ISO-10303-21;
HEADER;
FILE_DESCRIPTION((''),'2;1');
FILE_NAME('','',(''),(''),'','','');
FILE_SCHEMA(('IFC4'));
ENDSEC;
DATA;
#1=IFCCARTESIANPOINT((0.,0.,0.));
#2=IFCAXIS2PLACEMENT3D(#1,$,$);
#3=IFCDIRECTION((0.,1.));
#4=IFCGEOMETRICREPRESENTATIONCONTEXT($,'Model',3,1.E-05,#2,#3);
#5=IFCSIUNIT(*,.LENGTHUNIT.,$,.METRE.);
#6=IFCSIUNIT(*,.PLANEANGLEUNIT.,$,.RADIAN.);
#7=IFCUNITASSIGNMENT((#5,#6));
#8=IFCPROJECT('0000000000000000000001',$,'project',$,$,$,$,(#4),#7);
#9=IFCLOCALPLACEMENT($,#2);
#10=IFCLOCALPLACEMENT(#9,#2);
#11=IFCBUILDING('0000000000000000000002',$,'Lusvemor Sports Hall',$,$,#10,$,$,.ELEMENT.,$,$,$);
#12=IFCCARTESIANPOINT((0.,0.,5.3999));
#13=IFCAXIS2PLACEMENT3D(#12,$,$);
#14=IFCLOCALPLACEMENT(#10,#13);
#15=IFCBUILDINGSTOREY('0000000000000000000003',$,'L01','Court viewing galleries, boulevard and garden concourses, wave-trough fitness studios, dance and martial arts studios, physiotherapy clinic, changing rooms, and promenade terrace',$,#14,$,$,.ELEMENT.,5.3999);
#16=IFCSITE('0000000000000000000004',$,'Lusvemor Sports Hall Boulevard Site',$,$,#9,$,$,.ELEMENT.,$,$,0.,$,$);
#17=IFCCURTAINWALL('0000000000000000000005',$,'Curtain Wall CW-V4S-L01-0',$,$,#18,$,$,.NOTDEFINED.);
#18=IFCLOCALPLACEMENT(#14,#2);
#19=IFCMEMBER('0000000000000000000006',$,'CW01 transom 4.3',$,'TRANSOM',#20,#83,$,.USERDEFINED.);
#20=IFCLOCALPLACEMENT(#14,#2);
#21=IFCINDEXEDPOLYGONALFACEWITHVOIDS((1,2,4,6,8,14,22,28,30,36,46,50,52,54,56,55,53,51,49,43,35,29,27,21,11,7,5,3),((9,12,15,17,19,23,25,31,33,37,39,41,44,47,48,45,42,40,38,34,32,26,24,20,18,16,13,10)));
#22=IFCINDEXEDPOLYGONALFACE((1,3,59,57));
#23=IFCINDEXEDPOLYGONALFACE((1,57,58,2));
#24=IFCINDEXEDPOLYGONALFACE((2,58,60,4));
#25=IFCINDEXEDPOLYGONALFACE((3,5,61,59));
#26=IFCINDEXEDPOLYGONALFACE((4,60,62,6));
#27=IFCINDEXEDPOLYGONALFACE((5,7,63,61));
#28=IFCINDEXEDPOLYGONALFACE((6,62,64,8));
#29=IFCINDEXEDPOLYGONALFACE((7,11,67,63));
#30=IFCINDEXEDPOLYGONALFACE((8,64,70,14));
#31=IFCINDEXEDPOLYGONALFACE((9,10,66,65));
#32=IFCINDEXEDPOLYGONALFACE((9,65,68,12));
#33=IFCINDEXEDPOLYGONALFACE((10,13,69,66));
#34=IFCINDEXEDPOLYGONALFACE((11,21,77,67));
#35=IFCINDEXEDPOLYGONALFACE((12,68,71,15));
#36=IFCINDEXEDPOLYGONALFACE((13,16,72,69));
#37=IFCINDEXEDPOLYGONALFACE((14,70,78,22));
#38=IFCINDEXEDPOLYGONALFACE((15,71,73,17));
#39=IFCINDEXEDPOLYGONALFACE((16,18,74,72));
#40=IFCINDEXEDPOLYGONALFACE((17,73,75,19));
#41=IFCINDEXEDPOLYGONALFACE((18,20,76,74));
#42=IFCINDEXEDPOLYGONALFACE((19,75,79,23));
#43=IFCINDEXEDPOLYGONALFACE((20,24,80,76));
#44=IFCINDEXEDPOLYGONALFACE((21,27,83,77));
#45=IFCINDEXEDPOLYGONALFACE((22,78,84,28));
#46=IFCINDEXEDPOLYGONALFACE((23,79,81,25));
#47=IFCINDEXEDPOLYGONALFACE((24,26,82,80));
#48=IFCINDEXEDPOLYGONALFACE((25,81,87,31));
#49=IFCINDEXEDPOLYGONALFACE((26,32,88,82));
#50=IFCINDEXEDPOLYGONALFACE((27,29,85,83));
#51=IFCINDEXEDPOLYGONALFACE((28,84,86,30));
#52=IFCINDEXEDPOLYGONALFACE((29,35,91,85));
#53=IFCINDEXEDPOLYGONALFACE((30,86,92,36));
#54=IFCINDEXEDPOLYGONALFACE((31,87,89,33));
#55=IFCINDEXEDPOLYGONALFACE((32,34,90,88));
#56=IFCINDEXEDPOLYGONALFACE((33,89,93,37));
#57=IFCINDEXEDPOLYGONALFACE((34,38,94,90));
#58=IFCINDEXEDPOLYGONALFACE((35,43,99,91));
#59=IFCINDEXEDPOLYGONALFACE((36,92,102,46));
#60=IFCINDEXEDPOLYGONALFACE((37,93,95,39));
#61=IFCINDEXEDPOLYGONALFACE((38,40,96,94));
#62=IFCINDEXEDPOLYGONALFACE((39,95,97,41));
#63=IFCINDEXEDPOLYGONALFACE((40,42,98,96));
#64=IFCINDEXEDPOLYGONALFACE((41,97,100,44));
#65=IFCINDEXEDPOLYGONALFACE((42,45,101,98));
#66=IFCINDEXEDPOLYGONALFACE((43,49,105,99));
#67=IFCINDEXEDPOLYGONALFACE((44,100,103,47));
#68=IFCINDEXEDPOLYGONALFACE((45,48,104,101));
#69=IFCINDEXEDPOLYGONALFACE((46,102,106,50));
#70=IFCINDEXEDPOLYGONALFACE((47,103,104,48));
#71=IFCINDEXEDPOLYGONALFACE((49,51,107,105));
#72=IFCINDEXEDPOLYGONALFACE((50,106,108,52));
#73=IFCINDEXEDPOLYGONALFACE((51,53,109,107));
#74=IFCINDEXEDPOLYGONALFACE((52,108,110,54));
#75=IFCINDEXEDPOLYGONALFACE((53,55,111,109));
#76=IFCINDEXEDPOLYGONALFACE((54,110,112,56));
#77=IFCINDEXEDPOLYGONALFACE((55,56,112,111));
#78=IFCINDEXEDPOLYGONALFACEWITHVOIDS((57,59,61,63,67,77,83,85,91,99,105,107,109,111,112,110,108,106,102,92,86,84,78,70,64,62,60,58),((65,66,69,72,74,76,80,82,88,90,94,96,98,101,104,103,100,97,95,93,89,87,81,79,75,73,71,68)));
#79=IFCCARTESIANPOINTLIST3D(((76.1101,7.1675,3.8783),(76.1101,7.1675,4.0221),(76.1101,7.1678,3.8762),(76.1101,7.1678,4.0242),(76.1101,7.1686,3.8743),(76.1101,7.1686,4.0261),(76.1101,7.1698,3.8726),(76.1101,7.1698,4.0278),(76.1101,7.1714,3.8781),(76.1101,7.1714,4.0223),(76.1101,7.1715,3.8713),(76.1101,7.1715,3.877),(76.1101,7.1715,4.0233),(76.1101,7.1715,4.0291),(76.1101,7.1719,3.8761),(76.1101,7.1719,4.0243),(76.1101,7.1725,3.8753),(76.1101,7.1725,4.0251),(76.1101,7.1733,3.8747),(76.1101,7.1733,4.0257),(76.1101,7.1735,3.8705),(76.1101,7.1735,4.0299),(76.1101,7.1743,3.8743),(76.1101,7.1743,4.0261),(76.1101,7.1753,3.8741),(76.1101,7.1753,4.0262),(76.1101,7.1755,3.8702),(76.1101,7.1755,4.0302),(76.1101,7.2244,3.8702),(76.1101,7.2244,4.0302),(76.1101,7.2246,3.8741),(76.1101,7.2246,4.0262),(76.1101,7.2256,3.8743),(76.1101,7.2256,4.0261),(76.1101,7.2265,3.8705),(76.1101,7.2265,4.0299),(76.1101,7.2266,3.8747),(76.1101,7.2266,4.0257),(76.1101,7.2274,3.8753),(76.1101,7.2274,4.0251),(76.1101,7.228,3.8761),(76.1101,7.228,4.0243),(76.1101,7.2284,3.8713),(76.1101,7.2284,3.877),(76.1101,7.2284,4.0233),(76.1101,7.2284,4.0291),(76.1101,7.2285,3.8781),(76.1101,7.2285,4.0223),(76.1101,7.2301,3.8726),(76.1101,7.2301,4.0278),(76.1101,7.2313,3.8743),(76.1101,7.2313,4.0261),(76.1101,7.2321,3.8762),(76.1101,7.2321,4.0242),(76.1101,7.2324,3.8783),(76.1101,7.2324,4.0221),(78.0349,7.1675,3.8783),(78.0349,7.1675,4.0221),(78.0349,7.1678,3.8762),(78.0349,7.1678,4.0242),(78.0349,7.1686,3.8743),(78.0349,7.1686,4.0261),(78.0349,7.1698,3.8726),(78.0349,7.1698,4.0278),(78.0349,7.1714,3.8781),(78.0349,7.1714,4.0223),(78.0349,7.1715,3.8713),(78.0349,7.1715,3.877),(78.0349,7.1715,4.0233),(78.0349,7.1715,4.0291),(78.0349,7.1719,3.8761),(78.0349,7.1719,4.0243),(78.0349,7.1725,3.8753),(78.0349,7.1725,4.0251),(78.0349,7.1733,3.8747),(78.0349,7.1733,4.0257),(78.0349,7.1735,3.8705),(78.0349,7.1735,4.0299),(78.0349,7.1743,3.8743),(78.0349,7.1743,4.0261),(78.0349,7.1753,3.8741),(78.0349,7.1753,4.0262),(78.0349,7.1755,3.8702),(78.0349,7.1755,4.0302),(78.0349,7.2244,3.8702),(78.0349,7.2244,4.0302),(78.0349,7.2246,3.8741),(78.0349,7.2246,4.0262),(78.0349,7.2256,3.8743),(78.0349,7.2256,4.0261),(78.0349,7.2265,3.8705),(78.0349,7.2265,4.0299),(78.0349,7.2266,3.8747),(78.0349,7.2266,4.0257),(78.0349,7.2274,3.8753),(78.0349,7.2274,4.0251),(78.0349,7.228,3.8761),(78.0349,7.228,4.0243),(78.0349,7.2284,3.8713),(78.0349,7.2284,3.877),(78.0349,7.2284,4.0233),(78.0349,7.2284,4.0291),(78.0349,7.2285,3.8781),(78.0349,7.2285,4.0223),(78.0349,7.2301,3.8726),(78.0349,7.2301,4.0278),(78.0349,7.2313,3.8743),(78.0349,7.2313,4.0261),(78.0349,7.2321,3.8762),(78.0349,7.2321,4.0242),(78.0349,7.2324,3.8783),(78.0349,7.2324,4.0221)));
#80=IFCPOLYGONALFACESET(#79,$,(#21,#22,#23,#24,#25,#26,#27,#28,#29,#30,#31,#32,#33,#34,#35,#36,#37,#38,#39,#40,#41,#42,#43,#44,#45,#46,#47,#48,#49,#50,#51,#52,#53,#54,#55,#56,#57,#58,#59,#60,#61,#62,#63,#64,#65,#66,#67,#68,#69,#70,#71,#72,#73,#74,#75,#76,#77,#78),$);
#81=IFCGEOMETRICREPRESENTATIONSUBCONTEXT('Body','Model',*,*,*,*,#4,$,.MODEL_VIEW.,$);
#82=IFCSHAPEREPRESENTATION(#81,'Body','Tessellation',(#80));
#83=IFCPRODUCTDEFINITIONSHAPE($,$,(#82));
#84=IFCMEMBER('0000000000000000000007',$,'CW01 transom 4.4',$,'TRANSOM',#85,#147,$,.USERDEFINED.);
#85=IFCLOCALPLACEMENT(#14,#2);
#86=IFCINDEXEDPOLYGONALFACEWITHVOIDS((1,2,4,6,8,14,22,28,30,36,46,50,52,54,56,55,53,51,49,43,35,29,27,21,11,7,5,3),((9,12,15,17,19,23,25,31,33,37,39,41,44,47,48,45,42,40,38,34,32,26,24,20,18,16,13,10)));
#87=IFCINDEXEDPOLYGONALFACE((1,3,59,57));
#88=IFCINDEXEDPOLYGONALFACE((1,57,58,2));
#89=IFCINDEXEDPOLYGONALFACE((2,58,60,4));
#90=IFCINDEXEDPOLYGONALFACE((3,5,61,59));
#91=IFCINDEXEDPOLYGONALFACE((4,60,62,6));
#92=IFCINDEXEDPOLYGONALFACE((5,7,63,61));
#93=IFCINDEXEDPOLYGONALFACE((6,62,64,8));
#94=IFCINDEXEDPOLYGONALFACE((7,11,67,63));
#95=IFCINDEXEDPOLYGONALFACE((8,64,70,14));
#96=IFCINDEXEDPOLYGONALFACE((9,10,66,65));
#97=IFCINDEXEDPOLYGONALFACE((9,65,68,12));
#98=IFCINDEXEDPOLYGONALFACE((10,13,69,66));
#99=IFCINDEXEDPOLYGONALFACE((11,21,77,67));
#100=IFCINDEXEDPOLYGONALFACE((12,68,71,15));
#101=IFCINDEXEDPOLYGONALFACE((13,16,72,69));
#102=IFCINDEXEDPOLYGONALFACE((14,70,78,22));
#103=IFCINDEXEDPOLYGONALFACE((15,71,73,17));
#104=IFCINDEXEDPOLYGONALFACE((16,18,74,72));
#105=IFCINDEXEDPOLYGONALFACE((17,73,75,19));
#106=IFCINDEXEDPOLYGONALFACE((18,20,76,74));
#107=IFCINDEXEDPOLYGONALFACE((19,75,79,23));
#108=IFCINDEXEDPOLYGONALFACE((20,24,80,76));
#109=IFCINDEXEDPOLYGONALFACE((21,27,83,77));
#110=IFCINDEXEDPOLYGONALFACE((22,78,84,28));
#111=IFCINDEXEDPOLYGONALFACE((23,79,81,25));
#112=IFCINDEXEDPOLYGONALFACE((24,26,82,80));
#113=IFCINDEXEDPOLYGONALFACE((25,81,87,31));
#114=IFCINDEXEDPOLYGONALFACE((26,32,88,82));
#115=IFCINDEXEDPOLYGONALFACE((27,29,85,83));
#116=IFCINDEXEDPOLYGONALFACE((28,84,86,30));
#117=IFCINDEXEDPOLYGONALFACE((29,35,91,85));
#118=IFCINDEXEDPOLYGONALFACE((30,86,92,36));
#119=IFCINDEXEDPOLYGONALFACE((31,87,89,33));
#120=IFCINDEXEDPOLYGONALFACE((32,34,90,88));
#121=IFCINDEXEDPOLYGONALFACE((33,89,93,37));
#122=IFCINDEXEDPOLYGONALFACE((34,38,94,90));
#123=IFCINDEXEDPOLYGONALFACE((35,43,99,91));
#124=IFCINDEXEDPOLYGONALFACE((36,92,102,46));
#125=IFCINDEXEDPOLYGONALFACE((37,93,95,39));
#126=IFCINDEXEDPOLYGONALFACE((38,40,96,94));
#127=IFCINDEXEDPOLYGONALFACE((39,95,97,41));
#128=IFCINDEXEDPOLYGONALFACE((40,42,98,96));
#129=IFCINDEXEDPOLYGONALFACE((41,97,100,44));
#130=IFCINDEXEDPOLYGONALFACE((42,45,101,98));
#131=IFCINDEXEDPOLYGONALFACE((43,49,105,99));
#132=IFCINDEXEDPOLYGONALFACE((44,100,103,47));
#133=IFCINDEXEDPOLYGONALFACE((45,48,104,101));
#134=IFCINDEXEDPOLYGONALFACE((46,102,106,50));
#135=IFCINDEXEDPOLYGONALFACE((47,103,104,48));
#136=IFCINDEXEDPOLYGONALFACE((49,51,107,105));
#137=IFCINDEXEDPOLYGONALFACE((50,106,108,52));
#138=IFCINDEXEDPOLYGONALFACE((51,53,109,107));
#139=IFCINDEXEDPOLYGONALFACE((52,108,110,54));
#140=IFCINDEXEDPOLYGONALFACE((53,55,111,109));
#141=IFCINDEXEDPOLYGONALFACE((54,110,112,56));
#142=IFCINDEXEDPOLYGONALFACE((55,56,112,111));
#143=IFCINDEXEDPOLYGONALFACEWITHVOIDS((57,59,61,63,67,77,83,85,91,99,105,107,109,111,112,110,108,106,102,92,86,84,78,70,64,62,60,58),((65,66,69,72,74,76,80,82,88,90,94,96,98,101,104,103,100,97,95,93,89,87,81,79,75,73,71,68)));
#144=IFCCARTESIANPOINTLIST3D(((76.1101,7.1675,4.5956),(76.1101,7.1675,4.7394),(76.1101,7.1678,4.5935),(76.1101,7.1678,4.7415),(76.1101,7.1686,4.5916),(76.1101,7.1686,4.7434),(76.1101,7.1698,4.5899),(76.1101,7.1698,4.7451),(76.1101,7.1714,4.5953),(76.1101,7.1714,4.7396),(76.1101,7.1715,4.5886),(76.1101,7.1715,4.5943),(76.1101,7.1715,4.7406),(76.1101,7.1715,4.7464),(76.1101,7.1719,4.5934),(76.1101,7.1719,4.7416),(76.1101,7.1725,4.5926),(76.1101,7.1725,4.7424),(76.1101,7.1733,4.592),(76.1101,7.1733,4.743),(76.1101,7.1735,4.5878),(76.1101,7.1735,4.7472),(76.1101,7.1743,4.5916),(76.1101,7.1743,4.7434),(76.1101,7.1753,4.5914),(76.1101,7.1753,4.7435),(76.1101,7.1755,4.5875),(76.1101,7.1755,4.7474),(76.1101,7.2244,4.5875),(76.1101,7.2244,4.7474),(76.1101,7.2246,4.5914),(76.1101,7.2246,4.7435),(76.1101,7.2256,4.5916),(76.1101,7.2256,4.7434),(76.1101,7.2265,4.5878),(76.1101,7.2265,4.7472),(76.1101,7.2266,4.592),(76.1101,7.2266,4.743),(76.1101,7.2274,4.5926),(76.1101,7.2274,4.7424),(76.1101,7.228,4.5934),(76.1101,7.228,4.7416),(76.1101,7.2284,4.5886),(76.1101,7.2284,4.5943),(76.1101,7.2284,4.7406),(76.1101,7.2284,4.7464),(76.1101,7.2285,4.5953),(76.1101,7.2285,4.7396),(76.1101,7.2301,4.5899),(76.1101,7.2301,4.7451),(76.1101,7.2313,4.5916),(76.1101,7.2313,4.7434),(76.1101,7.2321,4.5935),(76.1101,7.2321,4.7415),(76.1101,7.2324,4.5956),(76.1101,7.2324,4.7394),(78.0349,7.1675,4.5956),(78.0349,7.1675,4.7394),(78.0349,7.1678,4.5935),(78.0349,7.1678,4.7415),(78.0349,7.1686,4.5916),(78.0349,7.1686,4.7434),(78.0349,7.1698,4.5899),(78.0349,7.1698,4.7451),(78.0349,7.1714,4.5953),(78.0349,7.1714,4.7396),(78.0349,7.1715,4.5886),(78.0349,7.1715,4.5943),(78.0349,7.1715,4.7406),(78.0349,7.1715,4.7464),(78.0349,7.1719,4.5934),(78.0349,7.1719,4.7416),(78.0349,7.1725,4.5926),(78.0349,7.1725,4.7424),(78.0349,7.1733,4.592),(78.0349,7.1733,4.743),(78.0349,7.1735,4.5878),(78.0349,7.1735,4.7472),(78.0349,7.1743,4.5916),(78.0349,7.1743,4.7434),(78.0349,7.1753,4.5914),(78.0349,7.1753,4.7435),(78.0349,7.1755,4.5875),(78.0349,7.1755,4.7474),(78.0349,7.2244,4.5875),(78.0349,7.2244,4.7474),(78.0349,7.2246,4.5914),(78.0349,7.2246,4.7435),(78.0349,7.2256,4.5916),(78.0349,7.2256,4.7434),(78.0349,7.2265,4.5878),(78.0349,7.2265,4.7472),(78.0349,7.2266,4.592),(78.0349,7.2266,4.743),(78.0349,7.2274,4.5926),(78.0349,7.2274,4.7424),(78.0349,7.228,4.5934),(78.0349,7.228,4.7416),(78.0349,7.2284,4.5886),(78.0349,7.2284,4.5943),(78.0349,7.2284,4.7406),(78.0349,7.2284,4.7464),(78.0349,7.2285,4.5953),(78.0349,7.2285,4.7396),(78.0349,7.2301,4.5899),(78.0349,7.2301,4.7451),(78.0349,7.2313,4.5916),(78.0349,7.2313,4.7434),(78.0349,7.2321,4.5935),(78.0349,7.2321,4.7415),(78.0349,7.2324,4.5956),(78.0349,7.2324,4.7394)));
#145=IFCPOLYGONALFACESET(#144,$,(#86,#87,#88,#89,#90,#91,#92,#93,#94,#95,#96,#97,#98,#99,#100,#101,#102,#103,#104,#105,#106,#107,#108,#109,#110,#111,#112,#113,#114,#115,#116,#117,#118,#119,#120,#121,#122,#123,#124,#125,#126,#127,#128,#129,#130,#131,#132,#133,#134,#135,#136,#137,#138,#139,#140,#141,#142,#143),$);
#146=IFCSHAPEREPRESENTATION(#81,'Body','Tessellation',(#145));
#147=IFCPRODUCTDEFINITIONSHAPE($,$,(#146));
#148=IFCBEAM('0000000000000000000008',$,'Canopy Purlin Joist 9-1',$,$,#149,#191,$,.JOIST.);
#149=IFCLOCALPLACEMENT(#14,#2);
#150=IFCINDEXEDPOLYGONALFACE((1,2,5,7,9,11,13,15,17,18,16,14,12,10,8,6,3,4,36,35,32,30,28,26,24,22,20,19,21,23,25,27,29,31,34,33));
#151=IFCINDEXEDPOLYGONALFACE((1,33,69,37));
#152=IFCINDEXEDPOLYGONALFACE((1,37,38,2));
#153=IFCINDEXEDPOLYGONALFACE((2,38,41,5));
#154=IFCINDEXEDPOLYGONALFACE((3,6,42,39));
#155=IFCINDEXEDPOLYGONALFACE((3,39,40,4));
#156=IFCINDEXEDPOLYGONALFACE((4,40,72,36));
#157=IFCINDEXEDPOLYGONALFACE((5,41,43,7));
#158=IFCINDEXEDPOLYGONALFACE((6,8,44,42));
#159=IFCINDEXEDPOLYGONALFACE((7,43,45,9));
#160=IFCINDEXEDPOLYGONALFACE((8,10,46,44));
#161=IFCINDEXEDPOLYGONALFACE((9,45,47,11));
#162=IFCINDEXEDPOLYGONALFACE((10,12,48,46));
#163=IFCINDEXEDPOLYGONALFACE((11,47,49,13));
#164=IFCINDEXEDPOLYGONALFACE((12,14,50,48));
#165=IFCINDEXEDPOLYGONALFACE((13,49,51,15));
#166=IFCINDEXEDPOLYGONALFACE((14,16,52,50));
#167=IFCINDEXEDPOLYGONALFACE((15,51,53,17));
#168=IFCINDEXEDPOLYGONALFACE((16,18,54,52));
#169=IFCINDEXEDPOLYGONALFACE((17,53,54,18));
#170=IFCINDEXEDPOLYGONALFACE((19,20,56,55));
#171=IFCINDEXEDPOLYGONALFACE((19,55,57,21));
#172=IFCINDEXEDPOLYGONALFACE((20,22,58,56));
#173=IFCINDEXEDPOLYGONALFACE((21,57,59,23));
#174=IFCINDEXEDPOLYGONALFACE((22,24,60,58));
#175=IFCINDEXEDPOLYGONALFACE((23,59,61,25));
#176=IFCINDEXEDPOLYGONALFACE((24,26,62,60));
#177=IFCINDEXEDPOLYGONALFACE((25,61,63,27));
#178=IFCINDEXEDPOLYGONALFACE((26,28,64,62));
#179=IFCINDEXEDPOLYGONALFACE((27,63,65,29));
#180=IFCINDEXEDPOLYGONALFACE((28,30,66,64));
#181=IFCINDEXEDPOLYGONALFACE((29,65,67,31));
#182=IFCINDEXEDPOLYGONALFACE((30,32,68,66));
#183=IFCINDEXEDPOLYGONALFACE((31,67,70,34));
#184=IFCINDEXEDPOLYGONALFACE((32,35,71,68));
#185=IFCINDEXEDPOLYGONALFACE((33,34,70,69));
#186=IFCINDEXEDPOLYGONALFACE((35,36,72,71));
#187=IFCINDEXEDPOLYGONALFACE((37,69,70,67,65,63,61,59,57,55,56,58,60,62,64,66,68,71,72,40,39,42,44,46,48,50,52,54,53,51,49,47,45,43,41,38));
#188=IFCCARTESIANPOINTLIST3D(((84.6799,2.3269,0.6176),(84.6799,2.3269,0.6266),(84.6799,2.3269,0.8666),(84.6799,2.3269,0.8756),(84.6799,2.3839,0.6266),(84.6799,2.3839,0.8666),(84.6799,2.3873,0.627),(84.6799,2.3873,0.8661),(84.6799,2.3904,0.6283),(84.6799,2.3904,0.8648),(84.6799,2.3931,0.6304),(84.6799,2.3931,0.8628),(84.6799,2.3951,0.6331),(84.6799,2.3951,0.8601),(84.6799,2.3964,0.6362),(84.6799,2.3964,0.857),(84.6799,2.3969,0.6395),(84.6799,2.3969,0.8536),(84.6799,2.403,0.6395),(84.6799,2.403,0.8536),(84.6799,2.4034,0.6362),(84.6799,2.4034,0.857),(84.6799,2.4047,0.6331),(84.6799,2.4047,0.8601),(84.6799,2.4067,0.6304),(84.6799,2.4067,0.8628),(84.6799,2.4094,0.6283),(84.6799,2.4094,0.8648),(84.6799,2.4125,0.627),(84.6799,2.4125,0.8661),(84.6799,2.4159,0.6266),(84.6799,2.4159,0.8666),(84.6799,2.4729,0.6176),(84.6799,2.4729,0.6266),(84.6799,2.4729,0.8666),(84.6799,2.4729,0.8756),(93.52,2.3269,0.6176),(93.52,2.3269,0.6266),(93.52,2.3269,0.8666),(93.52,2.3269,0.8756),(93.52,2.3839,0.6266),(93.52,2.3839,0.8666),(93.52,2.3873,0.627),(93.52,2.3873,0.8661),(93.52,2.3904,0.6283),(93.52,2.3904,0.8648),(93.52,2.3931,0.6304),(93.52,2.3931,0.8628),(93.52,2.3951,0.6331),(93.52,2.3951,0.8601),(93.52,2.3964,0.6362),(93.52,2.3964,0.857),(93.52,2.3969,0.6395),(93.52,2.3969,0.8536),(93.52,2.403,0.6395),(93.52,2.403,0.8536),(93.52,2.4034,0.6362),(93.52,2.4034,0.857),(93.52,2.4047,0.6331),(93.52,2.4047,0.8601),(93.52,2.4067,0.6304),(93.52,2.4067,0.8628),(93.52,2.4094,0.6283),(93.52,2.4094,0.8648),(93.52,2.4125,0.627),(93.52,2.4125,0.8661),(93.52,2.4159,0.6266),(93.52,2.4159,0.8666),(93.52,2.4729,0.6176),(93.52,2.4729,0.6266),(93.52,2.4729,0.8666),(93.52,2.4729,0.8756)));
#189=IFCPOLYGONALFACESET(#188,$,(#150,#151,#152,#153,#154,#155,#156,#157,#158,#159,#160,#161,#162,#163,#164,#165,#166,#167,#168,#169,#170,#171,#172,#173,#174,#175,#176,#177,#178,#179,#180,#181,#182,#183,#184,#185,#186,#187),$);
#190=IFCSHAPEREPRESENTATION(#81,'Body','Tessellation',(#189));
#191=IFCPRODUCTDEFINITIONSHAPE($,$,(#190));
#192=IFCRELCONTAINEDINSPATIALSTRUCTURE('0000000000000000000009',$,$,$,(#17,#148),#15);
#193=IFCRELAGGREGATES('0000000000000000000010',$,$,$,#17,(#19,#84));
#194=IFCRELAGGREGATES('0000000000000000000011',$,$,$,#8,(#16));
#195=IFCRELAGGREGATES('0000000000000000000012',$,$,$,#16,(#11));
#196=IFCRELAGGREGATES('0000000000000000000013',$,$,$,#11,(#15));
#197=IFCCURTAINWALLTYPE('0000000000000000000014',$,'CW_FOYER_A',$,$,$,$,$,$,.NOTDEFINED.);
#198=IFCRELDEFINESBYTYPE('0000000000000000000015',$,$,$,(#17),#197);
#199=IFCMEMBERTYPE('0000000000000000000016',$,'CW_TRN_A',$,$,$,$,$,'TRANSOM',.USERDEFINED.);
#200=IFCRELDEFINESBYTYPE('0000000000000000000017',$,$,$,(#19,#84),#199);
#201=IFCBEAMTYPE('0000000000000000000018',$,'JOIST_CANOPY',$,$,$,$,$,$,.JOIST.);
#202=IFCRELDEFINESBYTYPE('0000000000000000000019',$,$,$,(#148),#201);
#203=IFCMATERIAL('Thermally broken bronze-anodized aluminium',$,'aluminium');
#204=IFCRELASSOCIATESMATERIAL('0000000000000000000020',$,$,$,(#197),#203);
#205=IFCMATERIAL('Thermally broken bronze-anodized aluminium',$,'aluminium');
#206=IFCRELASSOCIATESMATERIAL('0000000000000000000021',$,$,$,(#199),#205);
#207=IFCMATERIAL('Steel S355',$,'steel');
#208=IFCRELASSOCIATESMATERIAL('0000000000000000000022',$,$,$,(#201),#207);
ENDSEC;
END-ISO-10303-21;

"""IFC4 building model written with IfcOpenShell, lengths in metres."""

from ifc_helpers import new_model, si_unit, direction, frame, origin, origin_2d, place, context, subcontext, project, spatial, hollow_rectangle, i_section, extrude, material, material_profile, profile_set, type_object, element, aggregate, save


model = new_model("IFC4")

# Units and contexts
model_context = context("Model", 3, precision=1e-05, world=origin(), true_north=direction((0.0, 1.0)))
body_context = subcontext(model_context, "Body", "Model", "MODEL_VIEW")
ifc_project = project(units=[si_unit("LENGTHUNIT", "METRE"), si_unit("PLANEANGLEUNIT", "RADIAN")], contexts=[model_context])

# Site, building, storey
site_placement = place(None, origin())
site = spatial("IfcSite", under=ifc_project, at=site_placement, Name="Lusvemor Sports Hall Boulevard Site", CompositionType="ELEMENT", RefElevation=0.0)
building_placement = place(site_placement, origin())
building = spatial("IfcBuilding", under=site, at=building_placement, Name="Lusvemor Sports Hall", CompositionType="ELEMENT")
storey_placement = place(building_placement, frame((0.0, 0.0, 5.3999)))
storey = spatial("IfcBuildingStorey", under=building, at=storey_placement, Name="L01", Description="Court viewing galleries, boulevard and garden concourses, wave-trough fitness studios, dance and martial arts studios, physiotherapy clinic, changing rooms, and promenade terrace", CompositionType="ELEMENT", Elevation=5.3999)

# Curtain wall, members
ifc_material_1 = material(Name="Thermally broken bronze-anodized aluminium", Category="aluminium")
curtain_wall_type = type_object("IfcCurtainWallType", Name="CW_FOYER_A", PredefinedType="NOTDEFINED", material=ifc_material_1)
curtain_wall_placement = place(storey_placement, origin())
curtain_wall = element("IfcCurtainWall", 1, at=curtain_wall_placement, inside=storey, type_object=curtain_wall_type, Name="Curtain Wall CW-V4S-L01-0", PredefinedType="NOTDEFINED")
ifc_material_2 = material(Name="Thermally broken bronze-anodized aluminium", Category="aluminium")
ifc_material_profile_1 = material_profile(ifc_material_2, hollow_rectangle(XDim=0.0649, YDim=0.1599, WallThickness=0.0039, InnerFilletRadius=0.0039, OuterFilletRadius=0.0081, at=origin_2d()), Name="CWTRN160x65x4")
ifc_profile_set_1 = profile_set([ifc_material_profile_1], Name="Thermally broken bronze-anodized aluminium")
member_type_1 = type_object("IfcMemberType", Name="CW_TRN_A", ElementType="TRANSOM", PredefinedType="USERDEFINED", material=ifc_profile_set_1)
member_1_placement = place(storey_placement, frame((78.0349, 7.2, 3.9502), z_axis=(-1.0, 0.0, 0.0), x_axis=(0.0, -1.0, 0.0)))
member_1 = element("IfcMember", 2, at=member_1_placement, type_object=member_type_1, Name="CW01 transom 4.3", ObjectType="TRANSOM", PredefinedType="USERDEFINED", context=body_context, shape_type="SweptSolid", body=[
    extrude(hollow_rectangle(XDim=0.0649, YDim=0.1599, WallThickness=0.0039, InnerFilletRadius=0.0039, OuterFilletRadius=0.0081, at=origin_2d()), origin(), (0.0, 0.0, 1.0), 1.9248),
])
member_2_placement = place(storey_placement, frame((78.0349, 7.2, 4.6675), z_axis=(-1.0, 0.0, 0.0), x_axis=(0.0, -1.0, 0.0)))
member_2 = element("IfcMember", 3, at=member_2_placement, type_object=member_type_1, Name="CW01 transom 4.4", ObjectType="TRANSOM", PredefinedType="USERDEFINED", context=body_context, shape_type="SweptSolid", body=[
    extrude(hollow_rectangle(XDim=0.0649, YDim=0.1599, WallThickness=0.0039, InnerFilletRadius=0.0039, OuterFilletRadius=0.0081, at=origin_2d()), origin(), (0.0, 0.0, 1.0), 1.9248),
])

# Beam
ifc_material_3 = material(Name="Steel S355", Category="steel")
ifc_material_profile_2 = material_profile(ifc_material_3, i_section(OverallWidth=0.146, OverallDepth=0.2581, WebThickness=0.0061, FlangeThickness=0.009, FilletRadius=0.0129, at=origin_2d()), Name="W250x32.7")
ifc_profile_set_2 = profile_set([ifc_material_profile_2], Name="Steel S355")
beam_type_1 = type_object("IfcBeamType", Name="JOIST_CANOPY", PredefinedType="JOIST", material=ifc_profile_set_2)
for number, where, z_axis, x_axis, name in (
    (4, (84.6799, 2.3999, 0.7466), (1.0, 0.0, 0.0), (0.0, 1.0, 0.0), "Canopy Purlin Joist 9-1"),
):
    element("IfcBeam", number, at=place(storey_placement, frame(where, z_axis=z_axis, x_axis=x_axis)), inside=storey, type_object=beam_type_1, Name=name, PredefinedType="JOIST", context=body_context, shape_type="SweptSolid", body=[
        extrude(i_section(OverallWidth=0.146, OverallDepth=0.2581, WebThickness=0.0061, FlangeThickness=0.009, FilletRadius=0.0129, at=origin_2d()), origin(), (0.0, 0.0, 1.0), 8.8401),
    ])

aggregate(curtain_wall, [member_1, member_2])

save(model, "model.ifc")
